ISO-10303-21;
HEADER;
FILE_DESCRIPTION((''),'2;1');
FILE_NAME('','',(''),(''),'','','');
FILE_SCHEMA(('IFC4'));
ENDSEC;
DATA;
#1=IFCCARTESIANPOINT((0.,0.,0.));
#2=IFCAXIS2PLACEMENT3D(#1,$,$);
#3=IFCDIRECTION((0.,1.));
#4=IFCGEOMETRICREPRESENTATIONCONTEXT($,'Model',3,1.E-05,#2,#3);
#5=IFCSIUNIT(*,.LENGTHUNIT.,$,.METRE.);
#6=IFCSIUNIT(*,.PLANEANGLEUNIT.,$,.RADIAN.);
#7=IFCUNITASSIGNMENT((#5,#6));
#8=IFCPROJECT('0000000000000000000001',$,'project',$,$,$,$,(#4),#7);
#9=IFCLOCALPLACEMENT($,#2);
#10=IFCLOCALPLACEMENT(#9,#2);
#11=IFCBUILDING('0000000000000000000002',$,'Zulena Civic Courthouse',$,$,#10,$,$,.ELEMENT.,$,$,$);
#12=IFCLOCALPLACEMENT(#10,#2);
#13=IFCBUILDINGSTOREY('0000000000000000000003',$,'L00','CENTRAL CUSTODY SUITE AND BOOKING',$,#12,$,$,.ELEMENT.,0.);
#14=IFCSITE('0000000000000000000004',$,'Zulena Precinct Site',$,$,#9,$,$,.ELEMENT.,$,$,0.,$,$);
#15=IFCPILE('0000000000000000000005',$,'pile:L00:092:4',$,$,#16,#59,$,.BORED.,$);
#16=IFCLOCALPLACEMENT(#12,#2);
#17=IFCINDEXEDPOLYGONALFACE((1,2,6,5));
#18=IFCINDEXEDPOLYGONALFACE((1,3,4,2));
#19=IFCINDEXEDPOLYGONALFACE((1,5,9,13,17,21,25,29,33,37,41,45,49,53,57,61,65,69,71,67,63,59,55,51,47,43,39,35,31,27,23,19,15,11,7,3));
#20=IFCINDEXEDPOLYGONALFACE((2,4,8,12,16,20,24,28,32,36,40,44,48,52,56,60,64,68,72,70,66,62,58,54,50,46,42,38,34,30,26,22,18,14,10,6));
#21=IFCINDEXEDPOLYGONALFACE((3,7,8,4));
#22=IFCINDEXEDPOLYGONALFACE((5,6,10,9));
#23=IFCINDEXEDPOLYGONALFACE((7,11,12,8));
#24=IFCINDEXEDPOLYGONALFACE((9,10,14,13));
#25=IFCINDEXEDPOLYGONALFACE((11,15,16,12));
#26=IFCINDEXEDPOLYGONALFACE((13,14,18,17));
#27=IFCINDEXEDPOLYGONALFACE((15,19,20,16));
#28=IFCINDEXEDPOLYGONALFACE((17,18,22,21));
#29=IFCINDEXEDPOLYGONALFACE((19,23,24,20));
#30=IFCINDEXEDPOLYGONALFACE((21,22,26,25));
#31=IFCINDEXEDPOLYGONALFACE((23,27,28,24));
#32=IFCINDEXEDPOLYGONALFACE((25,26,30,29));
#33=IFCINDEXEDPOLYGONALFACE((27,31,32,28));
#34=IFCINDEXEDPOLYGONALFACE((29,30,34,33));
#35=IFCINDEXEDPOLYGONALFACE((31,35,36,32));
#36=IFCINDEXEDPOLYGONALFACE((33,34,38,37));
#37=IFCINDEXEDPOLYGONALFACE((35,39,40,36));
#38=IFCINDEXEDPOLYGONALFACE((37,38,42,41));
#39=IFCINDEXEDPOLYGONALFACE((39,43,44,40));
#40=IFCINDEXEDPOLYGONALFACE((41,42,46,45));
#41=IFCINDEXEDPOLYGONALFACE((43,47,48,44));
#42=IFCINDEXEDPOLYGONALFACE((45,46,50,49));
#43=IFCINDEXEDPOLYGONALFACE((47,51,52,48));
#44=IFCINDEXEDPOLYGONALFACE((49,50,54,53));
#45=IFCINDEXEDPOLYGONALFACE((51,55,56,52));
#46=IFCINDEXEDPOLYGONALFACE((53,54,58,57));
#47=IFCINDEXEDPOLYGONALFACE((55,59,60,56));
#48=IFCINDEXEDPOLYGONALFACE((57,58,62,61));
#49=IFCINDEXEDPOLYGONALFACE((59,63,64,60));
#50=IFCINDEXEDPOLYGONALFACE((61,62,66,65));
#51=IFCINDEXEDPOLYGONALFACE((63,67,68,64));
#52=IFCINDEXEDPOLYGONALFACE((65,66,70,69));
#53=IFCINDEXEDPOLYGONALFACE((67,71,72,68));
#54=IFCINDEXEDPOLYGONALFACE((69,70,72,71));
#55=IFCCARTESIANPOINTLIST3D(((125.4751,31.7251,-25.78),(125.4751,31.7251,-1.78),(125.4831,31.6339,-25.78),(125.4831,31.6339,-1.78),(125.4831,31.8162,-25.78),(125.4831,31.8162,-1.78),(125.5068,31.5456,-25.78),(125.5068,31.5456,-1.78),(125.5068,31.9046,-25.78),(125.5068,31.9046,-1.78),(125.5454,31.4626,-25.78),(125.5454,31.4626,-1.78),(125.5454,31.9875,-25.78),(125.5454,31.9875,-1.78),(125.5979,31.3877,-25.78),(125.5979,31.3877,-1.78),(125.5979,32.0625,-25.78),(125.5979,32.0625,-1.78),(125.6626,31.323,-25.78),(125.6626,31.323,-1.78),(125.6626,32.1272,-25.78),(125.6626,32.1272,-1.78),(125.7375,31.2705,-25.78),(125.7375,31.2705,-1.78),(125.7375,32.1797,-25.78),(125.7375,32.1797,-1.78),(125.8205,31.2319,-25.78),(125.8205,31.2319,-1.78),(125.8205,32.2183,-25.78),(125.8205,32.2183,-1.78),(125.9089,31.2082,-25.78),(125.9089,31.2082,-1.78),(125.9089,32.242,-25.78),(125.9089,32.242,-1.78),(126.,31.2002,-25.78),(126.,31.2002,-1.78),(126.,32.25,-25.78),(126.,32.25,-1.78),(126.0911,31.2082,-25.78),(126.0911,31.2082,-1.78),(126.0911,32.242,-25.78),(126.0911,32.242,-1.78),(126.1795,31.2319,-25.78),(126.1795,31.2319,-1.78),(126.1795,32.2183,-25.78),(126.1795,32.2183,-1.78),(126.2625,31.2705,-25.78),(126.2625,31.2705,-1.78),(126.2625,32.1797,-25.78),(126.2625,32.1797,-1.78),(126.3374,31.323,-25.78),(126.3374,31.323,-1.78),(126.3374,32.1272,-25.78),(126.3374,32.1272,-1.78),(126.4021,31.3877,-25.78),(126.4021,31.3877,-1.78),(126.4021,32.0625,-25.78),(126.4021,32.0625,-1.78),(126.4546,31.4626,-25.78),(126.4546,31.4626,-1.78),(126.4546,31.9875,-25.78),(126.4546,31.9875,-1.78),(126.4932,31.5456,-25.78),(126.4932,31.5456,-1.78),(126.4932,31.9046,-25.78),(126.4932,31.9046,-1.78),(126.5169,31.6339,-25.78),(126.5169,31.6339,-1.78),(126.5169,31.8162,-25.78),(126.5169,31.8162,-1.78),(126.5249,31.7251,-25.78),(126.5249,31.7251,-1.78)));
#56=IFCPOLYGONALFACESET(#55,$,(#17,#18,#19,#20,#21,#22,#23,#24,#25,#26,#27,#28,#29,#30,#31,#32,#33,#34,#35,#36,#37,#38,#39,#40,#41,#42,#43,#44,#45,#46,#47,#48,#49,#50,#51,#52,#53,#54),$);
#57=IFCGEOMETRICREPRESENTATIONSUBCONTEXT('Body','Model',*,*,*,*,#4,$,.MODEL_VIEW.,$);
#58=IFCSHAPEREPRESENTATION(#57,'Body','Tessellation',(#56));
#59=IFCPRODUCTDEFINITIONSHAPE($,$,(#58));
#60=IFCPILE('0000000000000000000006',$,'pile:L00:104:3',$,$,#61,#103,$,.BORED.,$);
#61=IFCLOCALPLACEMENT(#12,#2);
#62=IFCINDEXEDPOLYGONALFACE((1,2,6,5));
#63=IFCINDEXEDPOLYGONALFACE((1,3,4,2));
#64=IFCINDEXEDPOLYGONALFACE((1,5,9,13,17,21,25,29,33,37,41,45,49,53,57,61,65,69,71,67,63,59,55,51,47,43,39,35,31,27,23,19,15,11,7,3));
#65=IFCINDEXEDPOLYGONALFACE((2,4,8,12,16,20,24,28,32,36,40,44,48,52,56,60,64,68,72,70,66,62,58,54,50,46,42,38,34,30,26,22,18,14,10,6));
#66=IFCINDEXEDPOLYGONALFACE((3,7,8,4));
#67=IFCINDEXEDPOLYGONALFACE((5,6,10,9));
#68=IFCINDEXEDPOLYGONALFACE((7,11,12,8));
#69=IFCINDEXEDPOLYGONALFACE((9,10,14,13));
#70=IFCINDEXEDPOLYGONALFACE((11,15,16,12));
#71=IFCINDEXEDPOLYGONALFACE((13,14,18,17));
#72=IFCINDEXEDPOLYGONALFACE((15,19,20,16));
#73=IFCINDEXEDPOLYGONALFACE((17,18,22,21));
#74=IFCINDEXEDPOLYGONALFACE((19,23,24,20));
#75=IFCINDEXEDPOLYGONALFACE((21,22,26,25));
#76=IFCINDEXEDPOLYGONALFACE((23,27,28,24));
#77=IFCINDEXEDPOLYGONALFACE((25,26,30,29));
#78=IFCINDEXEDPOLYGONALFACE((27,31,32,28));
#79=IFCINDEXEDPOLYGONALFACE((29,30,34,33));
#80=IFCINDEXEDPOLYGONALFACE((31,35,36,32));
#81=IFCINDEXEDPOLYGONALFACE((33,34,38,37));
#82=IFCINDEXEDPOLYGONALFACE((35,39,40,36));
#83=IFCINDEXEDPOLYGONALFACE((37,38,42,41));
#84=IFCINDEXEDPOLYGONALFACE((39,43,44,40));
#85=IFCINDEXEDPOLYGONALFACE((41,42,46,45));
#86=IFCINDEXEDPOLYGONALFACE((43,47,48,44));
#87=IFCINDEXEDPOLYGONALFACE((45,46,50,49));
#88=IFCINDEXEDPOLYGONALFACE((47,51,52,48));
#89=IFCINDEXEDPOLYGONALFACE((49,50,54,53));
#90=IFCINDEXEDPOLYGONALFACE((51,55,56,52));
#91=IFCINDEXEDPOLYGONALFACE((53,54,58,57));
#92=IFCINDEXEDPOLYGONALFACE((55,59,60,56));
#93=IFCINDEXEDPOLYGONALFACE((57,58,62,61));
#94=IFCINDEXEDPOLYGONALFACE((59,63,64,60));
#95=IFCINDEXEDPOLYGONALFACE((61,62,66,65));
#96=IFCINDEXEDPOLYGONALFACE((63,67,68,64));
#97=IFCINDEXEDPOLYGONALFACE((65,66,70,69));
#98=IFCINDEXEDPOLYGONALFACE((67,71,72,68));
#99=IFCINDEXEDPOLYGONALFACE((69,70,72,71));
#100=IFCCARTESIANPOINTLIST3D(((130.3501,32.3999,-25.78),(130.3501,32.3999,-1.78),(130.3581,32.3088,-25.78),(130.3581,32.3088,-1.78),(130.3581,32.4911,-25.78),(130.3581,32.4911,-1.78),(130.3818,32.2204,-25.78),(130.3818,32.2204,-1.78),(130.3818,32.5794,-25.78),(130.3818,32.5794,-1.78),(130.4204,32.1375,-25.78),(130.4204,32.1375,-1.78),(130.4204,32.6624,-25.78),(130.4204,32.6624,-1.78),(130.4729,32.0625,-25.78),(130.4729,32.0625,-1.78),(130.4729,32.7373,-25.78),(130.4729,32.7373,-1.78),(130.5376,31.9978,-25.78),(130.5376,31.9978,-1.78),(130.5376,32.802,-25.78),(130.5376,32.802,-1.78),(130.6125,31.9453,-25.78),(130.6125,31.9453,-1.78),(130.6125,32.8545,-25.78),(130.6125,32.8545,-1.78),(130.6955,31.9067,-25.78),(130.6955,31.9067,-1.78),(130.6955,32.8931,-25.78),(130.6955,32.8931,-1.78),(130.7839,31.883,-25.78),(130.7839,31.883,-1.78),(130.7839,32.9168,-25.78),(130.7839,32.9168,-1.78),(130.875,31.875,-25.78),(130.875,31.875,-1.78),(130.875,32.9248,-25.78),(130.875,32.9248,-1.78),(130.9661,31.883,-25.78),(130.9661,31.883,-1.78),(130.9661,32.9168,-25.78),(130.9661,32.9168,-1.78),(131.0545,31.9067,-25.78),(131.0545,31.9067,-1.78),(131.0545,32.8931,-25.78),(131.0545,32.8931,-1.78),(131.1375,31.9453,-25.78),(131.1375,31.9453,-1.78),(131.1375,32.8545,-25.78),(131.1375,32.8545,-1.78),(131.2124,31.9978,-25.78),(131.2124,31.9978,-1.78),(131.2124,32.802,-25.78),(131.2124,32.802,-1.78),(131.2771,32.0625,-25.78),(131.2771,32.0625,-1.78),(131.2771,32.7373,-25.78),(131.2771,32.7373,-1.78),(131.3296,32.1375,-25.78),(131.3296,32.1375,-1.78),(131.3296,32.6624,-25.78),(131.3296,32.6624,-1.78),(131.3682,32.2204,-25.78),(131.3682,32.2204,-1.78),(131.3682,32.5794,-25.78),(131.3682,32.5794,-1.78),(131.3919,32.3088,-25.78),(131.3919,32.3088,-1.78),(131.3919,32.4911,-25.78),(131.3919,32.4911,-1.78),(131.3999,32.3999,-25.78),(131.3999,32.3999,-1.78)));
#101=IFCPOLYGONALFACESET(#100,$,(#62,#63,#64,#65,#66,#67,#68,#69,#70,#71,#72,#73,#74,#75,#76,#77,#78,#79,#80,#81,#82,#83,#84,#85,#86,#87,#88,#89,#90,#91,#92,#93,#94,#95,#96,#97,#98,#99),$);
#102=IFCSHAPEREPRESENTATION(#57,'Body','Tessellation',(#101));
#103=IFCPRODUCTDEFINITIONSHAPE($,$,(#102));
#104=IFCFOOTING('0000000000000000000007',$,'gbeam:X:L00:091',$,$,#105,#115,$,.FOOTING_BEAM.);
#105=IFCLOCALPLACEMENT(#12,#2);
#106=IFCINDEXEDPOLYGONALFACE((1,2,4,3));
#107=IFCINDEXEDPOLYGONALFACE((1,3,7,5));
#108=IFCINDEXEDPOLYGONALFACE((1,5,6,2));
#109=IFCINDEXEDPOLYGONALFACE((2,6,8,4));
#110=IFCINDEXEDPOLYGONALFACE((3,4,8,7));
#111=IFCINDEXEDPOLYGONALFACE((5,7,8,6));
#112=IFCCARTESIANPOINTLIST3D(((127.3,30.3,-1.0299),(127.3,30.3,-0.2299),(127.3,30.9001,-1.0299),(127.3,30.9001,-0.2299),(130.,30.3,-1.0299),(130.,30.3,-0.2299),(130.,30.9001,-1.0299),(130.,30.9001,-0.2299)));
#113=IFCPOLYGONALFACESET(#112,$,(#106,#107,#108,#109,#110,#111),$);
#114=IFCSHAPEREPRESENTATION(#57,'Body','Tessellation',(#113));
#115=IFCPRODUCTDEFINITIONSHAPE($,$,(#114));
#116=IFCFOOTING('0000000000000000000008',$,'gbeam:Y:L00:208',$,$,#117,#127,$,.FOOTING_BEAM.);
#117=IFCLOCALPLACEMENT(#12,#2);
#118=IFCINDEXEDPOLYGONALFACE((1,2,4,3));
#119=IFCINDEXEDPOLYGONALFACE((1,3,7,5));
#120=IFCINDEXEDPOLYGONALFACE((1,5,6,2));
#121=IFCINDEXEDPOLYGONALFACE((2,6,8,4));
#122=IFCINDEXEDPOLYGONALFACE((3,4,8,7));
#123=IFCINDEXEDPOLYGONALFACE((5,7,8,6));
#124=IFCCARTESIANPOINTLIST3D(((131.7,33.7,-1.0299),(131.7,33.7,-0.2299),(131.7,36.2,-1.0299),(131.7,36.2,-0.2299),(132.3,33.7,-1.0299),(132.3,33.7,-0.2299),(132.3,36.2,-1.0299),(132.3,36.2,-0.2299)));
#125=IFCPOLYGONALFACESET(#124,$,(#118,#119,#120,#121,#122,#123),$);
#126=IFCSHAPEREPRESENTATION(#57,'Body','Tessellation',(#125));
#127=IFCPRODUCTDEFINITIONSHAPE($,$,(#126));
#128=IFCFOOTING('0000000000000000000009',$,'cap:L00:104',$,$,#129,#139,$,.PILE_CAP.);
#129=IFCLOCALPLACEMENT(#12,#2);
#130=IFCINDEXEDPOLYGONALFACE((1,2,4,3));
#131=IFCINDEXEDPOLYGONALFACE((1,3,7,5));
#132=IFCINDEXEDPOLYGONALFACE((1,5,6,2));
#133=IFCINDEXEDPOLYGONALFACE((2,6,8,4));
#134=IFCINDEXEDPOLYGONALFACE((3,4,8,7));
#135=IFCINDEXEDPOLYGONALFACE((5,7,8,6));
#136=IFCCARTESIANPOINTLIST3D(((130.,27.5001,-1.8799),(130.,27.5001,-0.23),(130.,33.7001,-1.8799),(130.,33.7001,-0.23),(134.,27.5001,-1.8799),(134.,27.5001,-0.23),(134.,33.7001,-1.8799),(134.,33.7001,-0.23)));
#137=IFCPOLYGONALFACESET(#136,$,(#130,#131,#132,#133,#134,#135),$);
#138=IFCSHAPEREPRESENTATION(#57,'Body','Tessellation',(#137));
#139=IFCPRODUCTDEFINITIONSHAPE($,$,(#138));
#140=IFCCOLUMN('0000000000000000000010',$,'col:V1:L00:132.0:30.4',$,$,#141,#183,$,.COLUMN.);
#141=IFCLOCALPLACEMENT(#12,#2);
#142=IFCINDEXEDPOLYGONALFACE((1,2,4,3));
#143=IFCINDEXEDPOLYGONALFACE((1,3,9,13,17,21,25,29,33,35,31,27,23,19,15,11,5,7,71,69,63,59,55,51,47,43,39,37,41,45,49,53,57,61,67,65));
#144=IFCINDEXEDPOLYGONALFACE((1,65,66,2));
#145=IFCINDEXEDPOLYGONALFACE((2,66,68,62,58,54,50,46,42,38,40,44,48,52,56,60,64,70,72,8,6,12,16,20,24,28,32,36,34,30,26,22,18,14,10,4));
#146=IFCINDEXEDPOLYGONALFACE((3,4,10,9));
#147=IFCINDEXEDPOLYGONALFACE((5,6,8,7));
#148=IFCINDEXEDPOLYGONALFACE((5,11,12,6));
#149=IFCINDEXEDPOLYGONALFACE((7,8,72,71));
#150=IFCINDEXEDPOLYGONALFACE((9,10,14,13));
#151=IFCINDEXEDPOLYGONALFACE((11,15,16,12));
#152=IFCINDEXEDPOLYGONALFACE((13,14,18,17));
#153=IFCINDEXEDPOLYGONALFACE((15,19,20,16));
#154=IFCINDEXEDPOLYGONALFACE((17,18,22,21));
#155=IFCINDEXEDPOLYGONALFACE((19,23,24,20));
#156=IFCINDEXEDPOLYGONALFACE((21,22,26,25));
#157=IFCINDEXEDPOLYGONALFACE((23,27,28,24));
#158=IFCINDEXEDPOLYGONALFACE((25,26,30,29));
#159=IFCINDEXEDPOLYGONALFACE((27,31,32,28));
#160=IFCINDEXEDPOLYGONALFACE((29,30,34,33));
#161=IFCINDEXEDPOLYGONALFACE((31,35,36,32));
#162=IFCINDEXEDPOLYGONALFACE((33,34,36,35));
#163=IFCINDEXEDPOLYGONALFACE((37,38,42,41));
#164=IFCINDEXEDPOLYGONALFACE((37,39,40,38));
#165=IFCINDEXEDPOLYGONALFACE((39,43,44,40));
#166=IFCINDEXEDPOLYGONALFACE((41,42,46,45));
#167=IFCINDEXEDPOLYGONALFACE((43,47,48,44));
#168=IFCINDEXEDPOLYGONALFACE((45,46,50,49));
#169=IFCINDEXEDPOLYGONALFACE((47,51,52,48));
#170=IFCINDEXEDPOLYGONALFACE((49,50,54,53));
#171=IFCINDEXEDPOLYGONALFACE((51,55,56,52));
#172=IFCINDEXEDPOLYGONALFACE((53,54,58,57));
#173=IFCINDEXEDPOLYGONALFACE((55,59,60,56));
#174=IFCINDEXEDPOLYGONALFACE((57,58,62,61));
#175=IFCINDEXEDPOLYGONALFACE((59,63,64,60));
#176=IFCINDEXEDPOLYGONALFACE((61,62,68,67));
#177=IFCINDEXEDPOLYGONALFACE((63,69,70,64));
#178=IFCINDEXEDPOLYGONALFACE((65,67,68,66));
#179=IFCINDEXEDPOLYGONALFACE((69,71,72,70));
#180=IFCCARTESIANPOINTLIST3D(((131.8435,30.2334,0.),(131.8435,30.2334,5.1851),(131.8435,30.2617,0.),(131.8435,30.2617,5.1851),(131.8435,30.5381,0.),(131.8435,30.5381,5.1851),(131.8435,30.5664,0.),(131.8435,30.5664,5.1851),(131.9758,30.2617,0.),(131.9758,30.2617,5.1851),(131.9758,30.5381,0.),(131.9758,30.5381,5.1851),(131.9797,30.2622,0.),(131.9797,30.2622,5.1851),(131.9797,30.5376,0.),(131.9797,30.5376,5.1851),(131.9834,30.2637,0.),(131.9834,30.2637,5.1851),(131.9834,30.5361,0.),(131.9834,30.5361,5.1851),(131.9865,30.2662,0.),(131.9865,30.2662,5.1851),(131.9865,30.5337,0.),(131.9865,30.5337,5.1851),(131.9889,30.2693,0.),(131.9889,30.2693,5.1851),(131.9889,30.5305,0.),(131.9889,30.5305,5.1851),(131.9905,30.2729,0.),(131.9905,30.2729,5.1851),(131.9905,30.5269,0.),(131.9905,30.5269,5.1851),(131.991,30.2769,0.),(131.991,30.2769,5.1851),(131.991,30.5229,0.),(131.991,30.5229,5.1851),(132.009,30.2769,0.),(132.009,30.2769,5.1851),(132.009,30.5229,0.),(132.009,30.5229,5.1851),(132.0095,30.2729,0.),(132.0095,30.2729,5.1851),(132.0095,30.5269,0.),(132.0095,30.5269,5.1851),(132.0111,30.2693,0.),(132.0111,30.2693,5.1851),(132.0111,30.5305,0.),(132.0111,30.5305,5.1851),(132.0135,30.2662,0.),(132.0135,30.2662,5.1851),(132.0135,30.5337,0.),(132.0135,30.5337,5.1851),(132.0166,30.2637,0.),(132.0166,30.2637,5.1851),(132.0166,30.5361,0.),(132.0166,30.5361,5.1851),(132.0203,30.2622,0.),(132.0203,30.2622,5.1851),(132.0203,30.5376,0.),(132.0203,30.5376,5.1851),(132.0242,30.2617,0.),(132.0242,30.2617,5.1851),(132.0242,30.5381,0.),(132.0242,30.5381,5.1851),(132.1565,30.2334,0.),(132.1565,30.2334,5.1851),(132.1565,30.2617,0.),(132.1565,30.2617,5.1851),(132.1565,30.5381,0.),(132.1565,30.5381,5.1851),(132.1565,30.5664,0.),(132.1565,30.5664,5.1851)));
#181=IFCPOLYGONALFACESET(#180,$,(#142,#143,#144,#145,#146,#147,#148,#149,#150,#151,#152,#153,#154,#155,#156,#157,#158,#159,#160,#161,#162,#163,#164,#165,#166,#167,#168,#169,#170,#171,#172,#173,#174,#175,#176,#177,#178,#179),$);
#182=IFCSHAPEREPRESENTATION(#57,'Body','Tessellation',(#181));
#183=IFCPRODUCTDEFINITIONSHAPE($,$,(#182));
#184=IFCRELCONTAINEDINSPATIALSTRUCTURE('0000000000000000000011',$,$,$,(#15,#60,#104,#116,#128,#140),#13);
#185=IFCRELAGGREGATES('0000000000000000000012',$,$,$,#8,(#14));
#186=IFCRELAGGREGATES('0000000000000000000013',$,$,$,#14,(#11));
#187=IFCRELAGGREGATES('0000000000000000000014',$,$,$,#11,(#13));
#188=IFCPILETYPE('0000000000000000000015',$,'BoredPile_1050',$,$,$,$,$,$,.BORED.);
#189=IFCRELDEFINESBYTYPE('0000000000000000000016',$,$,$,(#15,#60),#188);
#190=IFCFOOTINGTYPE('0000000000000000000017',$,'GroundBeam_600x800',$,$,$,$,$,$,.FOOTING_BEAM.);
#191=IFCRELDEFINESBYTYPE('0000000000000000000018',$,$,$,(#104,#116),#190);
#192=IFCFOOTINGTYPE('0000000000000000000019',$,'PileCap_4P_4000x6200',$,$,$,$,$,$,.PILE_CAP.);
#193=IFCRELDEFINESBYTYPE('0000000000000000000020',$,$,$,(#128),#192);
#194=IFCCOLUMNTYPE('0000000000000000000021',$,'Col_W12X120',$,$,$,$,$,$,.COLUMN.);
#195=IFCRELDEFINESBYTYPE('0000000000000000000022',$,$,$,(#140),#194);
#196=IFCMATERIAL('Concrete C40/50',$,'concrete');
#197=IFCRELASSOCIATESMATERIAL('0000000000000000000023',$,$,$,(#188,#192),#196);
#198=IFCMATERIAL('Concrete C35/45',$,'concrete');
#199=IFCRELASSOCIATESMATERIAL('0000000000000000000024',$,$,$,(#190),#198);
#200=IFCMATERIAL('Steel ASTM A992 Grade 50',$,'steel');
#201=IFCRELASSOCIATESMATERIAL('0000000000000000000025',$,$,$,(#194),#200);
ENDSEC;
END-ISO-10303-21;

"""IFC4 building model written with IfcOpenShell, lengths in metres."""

from ifc_helpers import new_model, si_unit, direction, frame, origin, origin_2d, place, context, subcontext, project, spatial, rectangle, circle, i_section, extrude, material, material_profile, profile_set, type_object, element, save


model = new_model("IFC4")

# Units and contexts
model_context = context("Model", 3, precision=1e-05, world=origin(), true_north=direction((0.0, 1.0)))
body_context = subcontext(model_context, "Body", "Model", "MODEL_VIEW")
ifc_project = project(units=[si_unit("LENGTHUNIT", "METRE"), si_unit("PLANEANGLEUNIT", "RADIAN")], contexts=[model_context])

# Site, building, storey
site_placement = place(None, origin())
site = spatial("IfcSite", under=ifc_project, at=site_placement, Name="Zulena Precinct Site", CompositionType="ELEMENT", RefElevation=0.0)
building_placement = place(site_placement, origin())
building = spatial("IfcBuilding", under=site, at=building_placement, Name="Zulena Civic Courthouse", CompositionType="ELEMENT")
storey_placement = place(building_placement, origin())
storey = spatial("IfcBuildingStorey", under=building, at=storey_placement, Name="L00", Description="CENTRAL CUSTODY SUITE AND BOOKING", CompositionType="ELEMENT", Elevation=0.0)

# Piles
ifc_material_1 = material(Name="Concrete C40/50", Category="concrete")
ifc_material_profile_1 = material_profile(ifc_material_1, circle(Radius=0.5249, at=origin_2d()), Name="PILE1050")
ifc_profile_set_1 = profile_set([ifc_material_profile_1], Name="Concrete C40/50")
pile_type = type_object("IfcPileType", Name="BoredPile_1050", PredefinedType="BORED", material=ifc_profile_set_1)
for number, where, z_axis, x_axis, name in (
    (1, (126.0, 31.7251, -1.78), (0.0, 0.0, -1.0), (1.0, 0.0, 0.0), "pile:L00:092:4"),
    (2, (130.875, 32.3999, -1.78), (0.0, 0.0, -1.0), (1.0, 0.0, 0.0), "pile:L00:104:3"),
):
    element("IfcPile", number, at=place(storey_placement, frame(where, z_axis=z_axis, x_axis=x_axis)), inside=storey, type_object=pile_type, Name=name, PredefinedType="BORED", context=body_context, shape_type="SweptSolid", body=[
        extrude(circle(Radius=0.5249, at=origin_2d()), origin(), (0.0, 0.0, 1.0), 24.0),
    ])

# Footings
ifc_material_2 = material(Name="Concrete C35/45", Category="concrete")
ifc_material_profile_2 = material_profile(ifc_material_2, rectangle(XDim=0.6001, YDim=0.8, at=origin_2d()), Name="RC600X800")
ifc_profile_set_2 = profile_set([ifc_material_profile_2], Name="Concrete C35/45")
footing_type_1 = type_object("IfcFootingType", Name="GroundBeam_600x800", PredefinedType="FOOTING_BEAM", material=ifc_profile_set_2)
footing_1_placement = place(storey_placement, frame((127.3, 30.6001, -0.6299), z_axis=(1.0, 0.0, 0.0), x_axis=(0.0, 1.0, 0.0)))
element("IfcFooting", 3, at=footing_1_placement, inside=storey, type_object=footing_type_1, Name="gbeam:X:L00:091", PredefinedType="FOOTING_BEAM", context=body_context, shape_type="SweptSolid", body=[
    extrude(rectangle(XDim=0.6001, YDim=0.8, at=origin_2d()), origin(), (0.0, 0.0, 1.0), 2.7),
])
footing_2_placement = place(storey_placement, frame((132.0, 33.7, -0.6299), z_axis=(0.0, 1.0, 0.0), x_axis=(-1.0, 0.0, 0.0)))
element("IfcFooting", 4, at=footing_2_placement, inside=storey, type_object=footing_type_1, Name="gbeam:Y:L00:208", PredefinedType="FOOTING_BEAM", context=body_context, shape_type="SweptSolid", body=[
    extrude(rectangle(XDim=0.6001, YDim=0.8, at=origin_2d()), origin(), (0.0, 0.0, 1.0), 2.5),
])
footing_type_2 = type_object("IfcFootingType", Name="PileCap_4P_4000x6200", PredefinedType="PILE_CAP", material=ifc_material_1)
footing_3_placement = place(storey_placement, frame((132.0, 30.6001, -1.8799), z_axis=(0.0, 0.0, 1.0), x_axis=(1.0, 0.0, 0.0)))
element("IfcFooting", 5, at=footing_3_placement, inside=storey, type_object=footing_type_2, Name="cap:L00:104", PredefinedType="PILE_CAP", context=body_context, shape_type="SweptSolid", body=[
    extrude(rectangle(XDim=4.0, YDim=6.2, at=origin_2d()), origin(), (0.0, 0.0, 1.0), 1.6499),
])

# Column
ifc_material_3 = material(Name="Steel ASTM A992 Grade 50", Category="steel")
ifc_material_profile_3 = material_profile(ifc_material_3, i_section(OverallWidth=0.313, OverallDepth=0.333, WebThickness=0.0181, FlangeThickness=0.0283, FilletRadius=0.0151, at=origin_2d()), Name="W12X120")
ifc_profile_set_3 = profile_set([ifc_material_profile_3], Name="Steel ASTM A992 Grade 50")
column_type = type_object("IfcColumnType", Name="Col_W12X120", PredefinedType="COLUMN", material=ifc_profile_set_3)
for number, where, z_axis, x_axis, name in (
    (6, (132.0, 30.3999, 0.0), (0.0, 0.0, 1.0), (1.0, 0.0, 0.0), "col:V1:L00:132.0:30.4"),
):
    element("IfcColumn", number, at=place(storey_placement, frame(where, z_axis=z_axis, x_axis=x_axis)), inside=storey, type_object=column_type, Name=name, PredefinedType="COLUMN", context=body_context, shape_type="SweptSolid", body=[
        extrude(i_section(OverallWidth=0.313, OverallDepth=0.333, WebThickness=0.0181, FlangeThickness=0.0283, FilletRadius=0.0151, at=origin_2d()), origin(), (0.0, 0.0, 1.0), 5.1851),
    ])

save(model, "model.ifc")
